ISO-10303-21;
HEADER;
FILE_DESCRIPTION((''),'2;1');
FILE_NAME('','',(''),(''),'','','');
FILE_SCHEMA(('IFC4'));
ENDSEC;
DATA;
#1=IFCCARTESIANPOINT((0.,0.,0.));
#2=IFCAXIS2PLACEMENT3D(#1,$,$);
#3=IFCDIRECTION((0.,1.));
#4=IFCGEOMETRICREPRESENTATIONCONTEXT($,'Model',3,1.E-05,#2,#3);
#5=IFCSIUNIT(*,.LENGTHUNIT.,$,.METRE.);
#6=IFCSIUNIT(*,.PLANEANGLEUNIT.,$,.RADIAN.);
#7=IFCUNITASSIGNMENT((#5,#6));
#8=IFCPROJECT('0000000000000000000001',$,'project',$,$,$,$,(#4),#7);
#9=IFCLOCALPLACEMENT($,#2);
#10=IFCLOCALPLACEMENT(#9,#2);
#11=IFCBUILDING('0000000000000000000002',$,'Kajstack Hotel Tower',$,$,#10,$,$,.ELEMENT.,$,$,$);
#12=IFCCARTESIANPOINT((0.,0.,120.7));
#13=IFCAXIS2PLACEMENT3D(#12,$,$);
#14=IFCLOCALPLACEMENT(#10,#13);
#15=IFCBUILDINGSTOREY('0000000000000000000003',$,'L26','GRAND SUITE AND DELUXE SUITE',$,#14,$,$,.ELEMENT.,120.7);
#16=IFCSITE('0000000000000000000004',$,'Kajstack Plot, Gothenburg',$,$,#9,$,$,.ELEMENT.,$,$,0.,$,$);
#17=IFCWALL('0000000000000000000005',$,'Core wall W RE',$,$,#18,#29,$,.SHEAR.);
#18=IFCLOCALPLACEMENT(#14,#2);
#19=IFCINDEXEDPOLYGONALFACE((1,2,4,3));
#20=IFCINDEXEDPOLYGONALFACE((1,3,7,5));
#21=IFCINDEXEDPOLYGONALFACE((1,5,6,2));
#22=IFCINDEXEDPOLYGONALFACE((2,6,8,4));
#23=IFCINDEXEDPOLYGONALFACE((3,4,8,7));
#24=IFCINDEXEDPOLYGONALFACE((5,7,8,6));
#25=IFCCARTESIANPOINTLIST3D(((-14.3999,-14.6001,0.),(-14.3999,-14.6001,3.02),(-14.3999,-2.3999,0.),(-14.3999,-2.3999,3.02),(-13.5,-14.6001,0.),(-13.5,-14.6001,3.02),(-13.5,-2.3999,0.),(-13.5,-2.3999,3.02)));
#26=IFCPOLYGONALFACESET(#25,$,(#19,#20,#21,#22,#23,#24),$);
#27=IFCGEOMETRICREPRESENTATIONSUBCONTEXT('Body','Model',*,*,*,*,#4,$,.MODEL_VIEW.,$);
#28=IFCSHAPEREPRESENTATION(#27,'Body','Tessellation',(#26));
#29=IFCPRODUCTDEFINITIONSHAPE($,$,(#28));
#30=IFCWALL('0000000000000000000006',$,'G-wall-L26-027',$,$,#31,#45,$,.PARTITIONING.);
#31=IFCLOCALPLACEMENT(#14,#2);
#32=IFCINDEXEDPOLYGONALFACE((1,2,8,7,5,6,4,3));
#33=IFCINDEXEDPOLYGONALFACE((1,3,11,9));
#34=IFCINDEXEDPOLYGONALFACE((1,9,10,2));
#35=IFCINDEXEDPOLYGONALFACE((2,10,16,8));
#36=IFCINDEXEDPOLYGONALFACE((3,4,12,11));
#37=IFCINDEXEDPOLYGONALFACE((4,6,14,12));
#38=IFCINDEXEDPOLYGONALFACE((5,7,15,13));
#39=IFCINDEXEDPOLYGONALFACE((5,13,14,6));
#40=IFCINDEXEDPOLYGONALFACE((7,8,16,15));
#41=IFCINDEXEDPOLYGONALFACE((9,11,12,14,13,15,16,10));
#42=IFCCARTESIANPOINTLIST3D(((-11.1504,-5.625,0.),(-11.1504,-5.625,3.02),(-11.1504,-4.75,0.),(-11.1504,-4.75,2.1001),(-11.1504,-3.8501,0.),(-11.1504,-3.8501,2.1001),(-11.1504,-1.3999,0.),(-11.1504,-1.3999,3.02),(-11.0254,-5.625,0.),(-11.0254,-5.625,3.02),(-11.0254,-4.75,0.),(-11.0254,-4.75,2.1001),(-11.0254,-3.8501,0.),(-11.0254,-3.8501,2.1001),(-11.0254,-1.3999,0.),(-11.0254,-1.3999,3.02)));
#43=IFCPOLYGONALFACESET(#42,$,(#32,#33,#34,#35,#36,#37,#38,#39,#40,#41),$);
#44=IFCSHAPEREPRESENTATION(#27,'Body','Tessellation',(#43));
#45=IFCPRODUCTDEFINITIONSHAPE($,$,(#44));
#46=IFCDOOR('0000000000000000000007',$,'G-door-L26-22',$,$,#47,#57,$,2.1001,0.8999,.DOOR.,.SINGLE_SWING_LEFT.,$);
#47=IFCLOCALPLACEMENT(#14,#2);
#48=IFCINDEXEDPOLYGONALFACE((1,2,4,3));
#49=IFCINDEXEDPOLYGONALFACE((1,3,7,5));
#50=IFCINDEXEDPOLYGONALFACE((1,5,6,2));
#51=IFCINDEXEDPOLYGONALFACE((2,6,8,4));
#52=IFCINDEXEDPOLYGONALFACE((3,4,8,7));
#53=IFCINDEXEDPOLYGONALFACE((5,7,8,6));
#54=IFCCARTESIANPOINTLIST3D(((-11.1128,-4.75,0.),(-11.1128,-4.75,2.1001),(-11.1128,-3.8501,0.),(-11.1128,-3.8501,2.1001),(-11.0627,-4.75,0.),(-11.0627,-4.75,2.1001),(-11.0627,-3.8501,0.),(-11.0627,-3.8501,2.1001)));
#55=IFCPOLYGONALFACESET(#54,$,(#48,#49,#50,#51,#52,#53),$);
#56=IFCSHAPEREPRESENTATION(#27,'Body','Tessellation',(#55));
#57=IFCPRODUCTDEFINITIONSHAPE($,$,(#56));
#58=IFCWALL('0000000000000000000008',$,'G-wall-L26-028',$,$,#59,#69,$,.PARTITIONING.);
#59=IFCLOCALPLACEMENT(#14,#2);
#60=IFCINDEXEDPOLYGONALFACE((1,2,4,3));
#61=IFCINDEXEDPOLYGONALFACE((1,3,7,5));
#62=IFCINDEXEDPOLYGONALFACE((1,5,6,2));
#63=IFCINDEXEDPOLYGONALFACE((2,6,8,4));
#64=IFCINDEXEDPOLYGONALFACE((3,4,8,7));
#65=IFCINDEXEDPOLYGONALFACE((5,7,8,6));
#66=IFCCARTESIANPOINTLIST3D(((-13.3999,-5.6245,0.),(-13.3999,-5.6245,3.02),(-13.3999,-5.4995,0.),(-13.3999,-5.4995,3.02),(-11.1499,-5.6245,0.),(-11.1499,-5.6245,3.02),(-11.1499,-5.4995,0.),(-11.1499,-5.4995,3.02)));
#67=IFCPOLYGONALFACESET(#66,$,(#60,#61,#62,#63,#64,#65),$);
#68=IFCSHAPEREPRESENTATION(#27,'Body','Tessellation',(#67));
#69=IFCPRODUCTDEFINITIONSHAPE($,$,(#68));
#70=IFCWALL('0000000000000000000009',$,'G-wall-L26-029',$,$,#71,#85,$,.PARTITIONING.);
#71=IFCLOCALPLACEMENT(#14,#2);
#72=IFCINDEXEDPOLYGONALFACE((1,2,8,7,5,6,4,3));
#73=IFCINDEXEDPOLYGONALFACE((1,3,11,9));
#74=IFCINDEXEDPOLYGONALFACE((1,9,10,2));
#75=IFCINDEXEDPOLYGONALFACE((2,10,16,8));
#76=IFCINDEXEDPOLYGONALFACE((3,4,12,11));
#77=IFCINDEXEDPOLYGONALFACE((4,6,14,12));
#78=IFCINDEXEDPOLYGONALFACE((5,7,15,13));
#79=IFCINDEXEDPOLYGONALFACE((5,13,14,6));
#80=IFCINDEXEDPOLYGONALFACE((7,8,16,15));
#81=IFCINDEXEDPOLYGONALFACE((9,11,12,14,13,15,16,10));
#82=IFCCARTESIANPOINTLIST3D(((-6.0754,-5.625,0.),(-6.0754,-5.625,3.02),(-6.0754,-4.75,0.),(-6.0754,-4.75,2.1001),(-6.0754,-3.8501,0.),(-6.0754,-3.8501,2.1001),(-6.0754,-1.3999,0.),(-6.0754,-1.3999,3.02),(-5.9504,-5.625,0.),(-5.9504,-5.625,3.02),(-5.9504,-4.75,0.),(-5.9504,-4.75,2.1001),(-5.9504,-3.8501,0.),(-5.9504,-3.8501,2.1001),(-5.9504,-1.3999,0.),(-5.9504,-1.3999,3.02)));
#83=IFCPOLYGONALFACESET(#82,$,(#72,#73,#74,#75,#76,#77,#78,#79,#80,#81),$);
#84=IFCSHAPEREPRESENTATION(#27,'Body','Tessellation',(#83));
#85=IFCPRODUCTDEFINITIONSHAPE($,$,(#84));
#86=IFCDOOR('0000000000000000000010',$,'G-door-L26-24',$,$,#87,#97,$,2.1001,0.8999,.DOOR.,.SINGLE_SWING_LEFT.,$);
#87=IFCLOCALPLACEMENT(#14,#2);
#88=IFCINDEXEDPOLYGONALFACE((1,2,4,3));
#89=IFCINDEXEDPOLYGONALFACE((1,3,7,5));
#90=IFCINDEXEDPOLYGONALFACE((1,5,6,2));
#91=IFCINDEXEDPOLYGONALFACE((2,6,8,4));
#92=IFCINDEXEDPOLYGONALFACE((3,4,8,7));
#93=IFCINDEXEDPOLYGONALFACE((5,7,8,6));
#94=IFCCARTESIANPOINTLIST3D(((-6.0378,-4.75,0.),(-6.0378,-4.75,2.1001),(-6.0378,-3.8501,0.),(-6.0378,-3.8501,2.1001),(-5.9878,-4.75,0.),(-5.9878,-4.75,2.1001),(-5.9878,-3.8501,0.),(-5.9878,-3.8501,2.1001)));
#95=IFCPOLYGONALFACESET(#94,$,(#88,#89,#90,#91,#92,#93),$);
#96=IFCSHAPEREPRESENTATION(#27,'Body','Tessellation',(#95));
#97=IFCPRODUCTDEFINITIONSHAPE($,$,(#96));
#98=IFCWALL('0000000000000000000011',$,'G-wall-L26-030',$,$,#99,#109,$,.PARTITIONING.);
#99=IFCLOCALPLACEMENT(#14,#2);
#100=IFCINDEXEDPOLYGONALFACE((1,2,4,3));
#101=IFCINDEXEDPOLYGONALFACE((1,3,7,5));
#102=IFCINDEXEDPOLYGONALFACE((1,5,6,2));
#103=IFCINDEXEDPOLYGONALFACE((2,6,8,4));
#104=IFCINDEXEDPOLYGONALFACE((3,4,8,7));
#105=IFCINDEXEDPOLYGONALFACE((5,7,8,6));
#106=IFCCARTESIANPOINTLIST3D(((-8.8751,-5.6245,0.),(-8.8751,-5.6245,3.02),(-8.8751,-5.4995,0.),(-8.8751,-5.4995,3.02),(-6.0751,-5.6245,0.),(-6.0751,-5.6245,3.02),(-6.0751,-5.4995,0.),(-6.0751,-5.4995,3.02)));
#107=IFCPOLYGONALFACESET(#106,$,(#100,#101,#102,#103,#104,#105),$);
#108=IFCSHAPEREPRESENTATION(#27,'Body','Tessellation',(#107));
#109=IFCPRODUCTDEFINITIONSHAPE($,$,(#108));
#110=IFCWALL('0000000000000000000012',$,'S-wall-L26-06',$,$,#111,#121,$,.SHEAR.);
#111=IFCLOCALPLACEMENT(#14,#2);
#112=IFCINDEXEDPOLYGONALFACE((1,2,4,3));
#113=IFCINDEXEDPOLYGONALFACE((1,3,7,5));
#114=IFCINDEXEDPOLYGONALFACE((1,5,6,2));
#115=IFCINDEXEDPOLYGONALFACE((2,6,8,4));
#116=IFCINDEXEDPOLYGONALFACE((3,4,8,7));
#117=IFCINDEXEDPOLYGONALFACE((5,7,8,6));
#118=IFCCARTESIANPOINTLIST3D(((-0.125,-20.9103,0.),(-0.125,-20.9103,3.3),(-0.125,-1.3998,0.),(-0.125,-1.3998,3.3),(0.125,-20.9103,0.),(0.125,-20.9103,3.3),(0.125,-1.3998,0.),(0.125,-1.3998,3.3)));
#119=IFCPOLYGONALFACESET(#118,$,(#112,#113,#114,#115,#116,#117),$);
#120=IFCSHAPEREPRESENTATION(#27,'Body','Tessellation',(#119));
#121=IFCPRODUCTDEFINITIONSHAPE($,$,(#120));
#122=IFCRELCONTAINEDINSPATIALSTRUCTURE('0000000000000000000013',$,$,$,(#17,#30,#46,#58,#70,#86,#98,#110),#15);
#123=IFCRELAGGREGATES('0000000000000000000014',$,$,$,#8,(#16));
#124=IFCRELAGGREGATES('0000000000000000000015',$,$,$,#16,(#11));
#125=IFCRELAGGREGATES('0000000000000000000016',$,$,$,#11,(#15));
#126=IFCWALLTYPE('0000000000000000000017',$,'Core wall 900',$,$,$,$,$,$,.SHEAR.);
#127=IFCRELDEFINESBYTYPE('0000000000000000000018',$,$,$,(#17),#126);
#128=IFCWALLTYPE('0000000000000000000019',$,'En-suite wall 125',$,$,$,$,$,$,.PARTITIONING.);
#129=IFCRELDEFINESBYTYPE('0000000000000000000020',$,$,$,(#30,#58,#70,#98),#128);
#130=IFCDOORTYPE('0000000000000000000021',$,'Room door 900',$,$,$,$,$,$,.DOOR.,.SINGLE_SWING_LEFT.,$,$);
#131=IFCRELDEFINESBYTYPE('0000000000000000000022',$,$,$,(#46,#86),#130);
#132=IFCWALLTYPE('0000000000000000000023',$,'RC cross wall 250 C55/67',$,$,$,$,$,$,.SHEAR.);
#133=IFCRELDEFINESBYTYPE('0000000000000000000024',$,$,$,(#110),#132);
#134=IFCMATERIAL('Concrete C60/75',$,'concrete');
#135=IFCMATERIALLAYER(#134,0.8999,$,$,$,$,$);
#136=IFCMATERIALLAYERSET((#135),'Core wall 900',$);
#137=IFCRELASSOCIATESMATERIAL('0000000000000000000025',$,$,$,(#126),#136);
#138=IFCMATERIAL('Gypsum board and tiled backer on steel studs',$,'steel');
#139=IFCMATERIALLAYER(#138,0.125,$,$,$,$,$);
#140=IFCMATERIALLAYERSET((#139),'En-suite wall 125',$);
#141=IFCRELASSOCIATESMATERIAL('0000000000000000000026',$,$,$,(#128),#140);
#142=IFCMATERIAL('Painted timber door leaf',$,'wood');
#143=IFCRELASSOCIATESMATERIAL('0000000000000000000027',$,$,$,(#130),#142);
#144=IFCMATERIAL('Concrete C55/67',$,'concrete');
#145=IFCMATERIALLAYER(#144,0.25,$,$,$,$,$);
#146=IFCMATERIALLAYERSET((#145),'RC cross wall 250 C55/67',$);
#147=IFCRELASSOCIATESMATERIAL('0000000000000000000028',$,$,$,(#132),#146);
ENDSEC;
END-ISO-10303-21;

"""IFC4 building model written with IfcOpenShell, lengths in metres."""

from ifc_helpers import new_model, si_unit, direction, frame, frame_2d, origin, place, context, subcontext, project, spatial, rectangle, extrude, material, layer, layer_set, type_object, element, fill, save


model = new_model("IFC4")

# Units and contexts
model_context = context("Model", 3, precision=1e-05, world=origin(), true_north=direction((0.0, 1.0)))
body_context = subcontext(model_context, "Body", "Model", "MODEL_VIEW")
ifc_project = project(units=[si_unit("LENGTHUNIT", "METRE"), si_unit("PLANEANGLEUNIT", "RADIAN")], contexts=[model_context])

# Site, building, storey
site_placement = place(None, origin())
site = spatial("IfcSite", under=ifc_project, at=site_placement, Name="Kajstack Plot, Gothenburg", CompositionType="ELEMENT", RefElevation=0.0)
building_placement = place(site_placement, origin())
building = spatial("IfcBuilding", under=site, at=building_placement, Name="Kajstack Hotel Tower", CompositionType="ELEMENT")
storey_placement = place(building_placement, frame((0.0, 0.0, 120.7)))
storey = spatial("IfcBuildingStorey", under=building, at=storey_placement, Name="L26", Description="GRAND SUITE AND DELUXE SUITE", CompositionType="ELEMENT", Elevation=120.7)

# Wall
ifc_material_1 = material(Name="Concrete C60/75", Category="concrete")
ifc_layer_1 = layer(ifc_material_1, 0.8999)
ifc_layer_set_1 = layer_set([ifc_layer_1], Name="Core wall 900")
wall_type_1 = type_object("IfcWallType", Name="Core wall 900", PredefinedType="SHEAR", material=ifc_layer_set_1)
wall_1_placement = place(storey_placement, frame((-13.95, -14.6001, 0.0), z_axis=(0.0, 0.0, 1.0), x_axis=(0.0, 1.0, 0.0)))
element("IfcWall", 1, at=wall_1_placement, inside=storey, type_object=wall_type_1, Name="Core wall W RE", PredefinedType="SHEAR", context=body_context, shape_type="SweptSolid", body=[
    extrude(rectangle(XDim=12.2002, YDim=0.8999, at=frame_2d((6.1001, 0.0))), origin(), (0.0, 0.0, 1.0), 3.02),
])

# Wall, opening, door
ifc_material_2 = material(Name="Gypsum board and tiled backer on steel studs", Category="steel")
ifc_layer_2 = layer(ifc_material_2, 0.125)
ifc_layer_set_2 = layer_set([ifc_layer_2], Name="En-suite wall 125")
wall_type_2 = type_object("IfcWallType", Name="En-suite wall 125", PredefinedType="PARTITIONING", material=ifc_layer_set_2)
wall_2_placement = place(storey_placement, frame((-11.0879, -5.625, 0.0), z_axis=(0.0, 0.0, 1.0), x_axis=(0.0, 1.0, 0.0)))
wall_2 = element("IfcWall", 2, at=wall_2_placement, inside=storey, type_object=wall_type_2, Name="G-wall-L26-027", PredefinedType="PARTITIONING", context=body_context, shape_type="SweptSolid", body=[
    extrude(rectangle(XDim=4.2251, YDim=0.125, at=frame_2d((2.1125, 0.0))), origin(), (0.0, 0.0, 1.0), 3.02),
])
opening_1_placement = place(wall_2_placement, frame((0.875, 0.0, 0.0)))
opening_1 = element("IfcOpeningElement", 3, at=opening_1_placement, cuts=wall_2, PredefinedType="OPENING", context=body_context, shape_type="SweptSolid", body=[
    extrude(rectangle(XDim=0.8999, YDim=2.1001, at=frame_2d((0.45, 1.05))), frame((0.0, 0.0725, 0.0), z_axis=(0.0, -1.0, 0.0), x_axis=(1.0, 0.0, 0.0)), (0.0, 0.0, 1.0), 0.145),
])
ifc_material_3 = material(Name="Painted timber door leaf", Category="wood")
door_type = type_object("IfcDoorType", Name="Room door 900", OperationType="SINGLE_SWING_LEFT", PredefinedType="DOOR", material=ifc_material_3)
door_1_placement = place(opening_1_placement, origin())
door_1 = element("IfcDoor", 4, at=door_1_placement, inside=storey, type_object=door_type, Name="G-door-L26-22", OperationType="SINGLE_SWING_LEFT", OverallHeight=2.1001, OverallWidth=0.8999, PredefinedType="DOOR", context=body_context, shape_type="SweptSolid", body=[
    extrude(rectangle(XDim=0.8999, YDim=2.1001, at=frame_2d((0.45, 1.05))), frame((0.0, 0.0249, 0.0), z_axis=(0.0, -1.0, 0.0), x_axis=(1.0, 0.0, 0.0)), (0.0, 0.0, 1.0), 0.05),
])
fill(opening_1, door_1)

# Wall
wall_3_placement = place(storey_placement, frame((-13.3999, -5.562, 0.0), z_axis=(0.0, 0.0, 1.0), x_axis=(1.0, 0.0, 0.0)))
element("IfcWall", 5, at=wall_3_placement, inside=storey, type_object=wall_type_2, Name="G-wall-L26-028", PredefinedType="PARTITIONING", context=body_context, shape_type="SweptSolid", body=[
    extrude(rectangle(XDim=2.25, YDim=0.125, at=frame_2d((1.125, 0.0))), origin(), (0.0, 0.0, 1.0), 3.02),
])

# Wall, opening, door
wall_4_placement = place(storey_placement, frame((-6.0129, -5.625, 0.0), z_axis=(0.0, 0.0, 1.0), x_axis=(0.0, 1.0, 0.0)))
wall_4 = element("IfcWall", 6, at=wall_4_placement, inside=storey, type_object=wall_type_2, Name="G-wall-L26-029", PredefinedType="PARTITIONING", context=body_context, shape_type="SweptSolid", body=[
    extrude(rectangle(XDim=4.2251, YDim=0.125, at=frame_2d((2.1125, 0.0))), origin(), (0.0, 0.0, 1.0), 3.02),
])
opening_2_placement = place(wall_4_placement, frame((0.875, 0.0, 0.0)))
opening_2 = element("IfcOpeningElement", 7, at=opening_2_placement, cuts=wall_4, PredefinedType="OPENING", context=body_context, shape_type="SweptSolid", body=[
    extrude(rectangle(XDim=0.8999, YDim=2.1001, at=frame_2d((0.45, 1.05))), frame((0.0, 0.0725, 0.0), z_axis=(0.0, -1.0, 0.0), x_axis=(1.0, 0.0, 0.0)), (0.0, 0.0, 1.0), 0.145),
])
door_2_placement = place(opening_2_placement, origin())
door_2 = element("IfcDoor", 8, at=door_2_placement, inside=storey, type_object=door_type, Name="G-door-L26-24", OperationType="SINGLE_SWING_LEFT", OverallHeight=2.1001, OverallWidth=0.8999, PredefinedType="DOOR", context=body_context, shape_type="SweptSolid", body=[
    extrude(rectangle(XDim=0.8999, YDim=2.1001, at=frame_2d((0.45, 1.05))), frame((0.0, 0.0249, 0.0), z_axis=(0.0, -1.0, 0.0), x_axis=(1.0, 0.0, 0.0)), (0.0, 0.0, 1.0), 0.05),
])
fill(opening_2, door_2)

# Walls
wall_5_placement = place(storey_placement, frame((-8.875, -5.562, 0.0), z_axis=(0.0, 0.0, 1.0), x_axis=(1.0, 0.0, 0.0)))
element("IfcWall", 9, at=wall_5_placement, inside=storey, type_object=wall_type_2, Name="G-wall-L26-030", PredefinedType="PARTITIONING", context=body_context, shape_type="SweptSolid", body=[
    extrude(rectangle(XDim=2.8, YDim=0.125, at=frame_2d((1.3999, 0.0))), origin(), (0.0, 0.0, 1.0), 3.02),
])
ifc_material_4 = material(Name="Concrete C55/67", Category="concrete")
ifc_layer_3 = layer(ifc_material_4, 0.25)
ifc_layer_set_3 = layer_set([ifc_layer_3], Name="RC cross wall 250 C55/67")
wall_type_3 = type_object("IfcWallType", Name="RC cross wall 250 C55/67", PredefinedType="SHEAR", material=ifc_layer_set_3)
wall_6_placement = place(storey_placement, frame((0.0, -20.9104, 0.0), z_axis=(0.0, 0.0, 1.0), x_axis=(0.0, 1.0, 0.0)))
element("IfcWall", 10, at=wall_6_placement, inside=storey, type_object=wall_type_3, Name="S-wall-L26-06", PredefinedType="SHEAR", context=body_context, shape_type="SweptSolid", body=[
    extrude(rectangle(XDim=19.5105, YDim=0.25, at=frame_2d((9.7554, 0.0))), origin(), (0.0, 0.0, 1.0), 3.3),
])

save(model, "model.ifc")
